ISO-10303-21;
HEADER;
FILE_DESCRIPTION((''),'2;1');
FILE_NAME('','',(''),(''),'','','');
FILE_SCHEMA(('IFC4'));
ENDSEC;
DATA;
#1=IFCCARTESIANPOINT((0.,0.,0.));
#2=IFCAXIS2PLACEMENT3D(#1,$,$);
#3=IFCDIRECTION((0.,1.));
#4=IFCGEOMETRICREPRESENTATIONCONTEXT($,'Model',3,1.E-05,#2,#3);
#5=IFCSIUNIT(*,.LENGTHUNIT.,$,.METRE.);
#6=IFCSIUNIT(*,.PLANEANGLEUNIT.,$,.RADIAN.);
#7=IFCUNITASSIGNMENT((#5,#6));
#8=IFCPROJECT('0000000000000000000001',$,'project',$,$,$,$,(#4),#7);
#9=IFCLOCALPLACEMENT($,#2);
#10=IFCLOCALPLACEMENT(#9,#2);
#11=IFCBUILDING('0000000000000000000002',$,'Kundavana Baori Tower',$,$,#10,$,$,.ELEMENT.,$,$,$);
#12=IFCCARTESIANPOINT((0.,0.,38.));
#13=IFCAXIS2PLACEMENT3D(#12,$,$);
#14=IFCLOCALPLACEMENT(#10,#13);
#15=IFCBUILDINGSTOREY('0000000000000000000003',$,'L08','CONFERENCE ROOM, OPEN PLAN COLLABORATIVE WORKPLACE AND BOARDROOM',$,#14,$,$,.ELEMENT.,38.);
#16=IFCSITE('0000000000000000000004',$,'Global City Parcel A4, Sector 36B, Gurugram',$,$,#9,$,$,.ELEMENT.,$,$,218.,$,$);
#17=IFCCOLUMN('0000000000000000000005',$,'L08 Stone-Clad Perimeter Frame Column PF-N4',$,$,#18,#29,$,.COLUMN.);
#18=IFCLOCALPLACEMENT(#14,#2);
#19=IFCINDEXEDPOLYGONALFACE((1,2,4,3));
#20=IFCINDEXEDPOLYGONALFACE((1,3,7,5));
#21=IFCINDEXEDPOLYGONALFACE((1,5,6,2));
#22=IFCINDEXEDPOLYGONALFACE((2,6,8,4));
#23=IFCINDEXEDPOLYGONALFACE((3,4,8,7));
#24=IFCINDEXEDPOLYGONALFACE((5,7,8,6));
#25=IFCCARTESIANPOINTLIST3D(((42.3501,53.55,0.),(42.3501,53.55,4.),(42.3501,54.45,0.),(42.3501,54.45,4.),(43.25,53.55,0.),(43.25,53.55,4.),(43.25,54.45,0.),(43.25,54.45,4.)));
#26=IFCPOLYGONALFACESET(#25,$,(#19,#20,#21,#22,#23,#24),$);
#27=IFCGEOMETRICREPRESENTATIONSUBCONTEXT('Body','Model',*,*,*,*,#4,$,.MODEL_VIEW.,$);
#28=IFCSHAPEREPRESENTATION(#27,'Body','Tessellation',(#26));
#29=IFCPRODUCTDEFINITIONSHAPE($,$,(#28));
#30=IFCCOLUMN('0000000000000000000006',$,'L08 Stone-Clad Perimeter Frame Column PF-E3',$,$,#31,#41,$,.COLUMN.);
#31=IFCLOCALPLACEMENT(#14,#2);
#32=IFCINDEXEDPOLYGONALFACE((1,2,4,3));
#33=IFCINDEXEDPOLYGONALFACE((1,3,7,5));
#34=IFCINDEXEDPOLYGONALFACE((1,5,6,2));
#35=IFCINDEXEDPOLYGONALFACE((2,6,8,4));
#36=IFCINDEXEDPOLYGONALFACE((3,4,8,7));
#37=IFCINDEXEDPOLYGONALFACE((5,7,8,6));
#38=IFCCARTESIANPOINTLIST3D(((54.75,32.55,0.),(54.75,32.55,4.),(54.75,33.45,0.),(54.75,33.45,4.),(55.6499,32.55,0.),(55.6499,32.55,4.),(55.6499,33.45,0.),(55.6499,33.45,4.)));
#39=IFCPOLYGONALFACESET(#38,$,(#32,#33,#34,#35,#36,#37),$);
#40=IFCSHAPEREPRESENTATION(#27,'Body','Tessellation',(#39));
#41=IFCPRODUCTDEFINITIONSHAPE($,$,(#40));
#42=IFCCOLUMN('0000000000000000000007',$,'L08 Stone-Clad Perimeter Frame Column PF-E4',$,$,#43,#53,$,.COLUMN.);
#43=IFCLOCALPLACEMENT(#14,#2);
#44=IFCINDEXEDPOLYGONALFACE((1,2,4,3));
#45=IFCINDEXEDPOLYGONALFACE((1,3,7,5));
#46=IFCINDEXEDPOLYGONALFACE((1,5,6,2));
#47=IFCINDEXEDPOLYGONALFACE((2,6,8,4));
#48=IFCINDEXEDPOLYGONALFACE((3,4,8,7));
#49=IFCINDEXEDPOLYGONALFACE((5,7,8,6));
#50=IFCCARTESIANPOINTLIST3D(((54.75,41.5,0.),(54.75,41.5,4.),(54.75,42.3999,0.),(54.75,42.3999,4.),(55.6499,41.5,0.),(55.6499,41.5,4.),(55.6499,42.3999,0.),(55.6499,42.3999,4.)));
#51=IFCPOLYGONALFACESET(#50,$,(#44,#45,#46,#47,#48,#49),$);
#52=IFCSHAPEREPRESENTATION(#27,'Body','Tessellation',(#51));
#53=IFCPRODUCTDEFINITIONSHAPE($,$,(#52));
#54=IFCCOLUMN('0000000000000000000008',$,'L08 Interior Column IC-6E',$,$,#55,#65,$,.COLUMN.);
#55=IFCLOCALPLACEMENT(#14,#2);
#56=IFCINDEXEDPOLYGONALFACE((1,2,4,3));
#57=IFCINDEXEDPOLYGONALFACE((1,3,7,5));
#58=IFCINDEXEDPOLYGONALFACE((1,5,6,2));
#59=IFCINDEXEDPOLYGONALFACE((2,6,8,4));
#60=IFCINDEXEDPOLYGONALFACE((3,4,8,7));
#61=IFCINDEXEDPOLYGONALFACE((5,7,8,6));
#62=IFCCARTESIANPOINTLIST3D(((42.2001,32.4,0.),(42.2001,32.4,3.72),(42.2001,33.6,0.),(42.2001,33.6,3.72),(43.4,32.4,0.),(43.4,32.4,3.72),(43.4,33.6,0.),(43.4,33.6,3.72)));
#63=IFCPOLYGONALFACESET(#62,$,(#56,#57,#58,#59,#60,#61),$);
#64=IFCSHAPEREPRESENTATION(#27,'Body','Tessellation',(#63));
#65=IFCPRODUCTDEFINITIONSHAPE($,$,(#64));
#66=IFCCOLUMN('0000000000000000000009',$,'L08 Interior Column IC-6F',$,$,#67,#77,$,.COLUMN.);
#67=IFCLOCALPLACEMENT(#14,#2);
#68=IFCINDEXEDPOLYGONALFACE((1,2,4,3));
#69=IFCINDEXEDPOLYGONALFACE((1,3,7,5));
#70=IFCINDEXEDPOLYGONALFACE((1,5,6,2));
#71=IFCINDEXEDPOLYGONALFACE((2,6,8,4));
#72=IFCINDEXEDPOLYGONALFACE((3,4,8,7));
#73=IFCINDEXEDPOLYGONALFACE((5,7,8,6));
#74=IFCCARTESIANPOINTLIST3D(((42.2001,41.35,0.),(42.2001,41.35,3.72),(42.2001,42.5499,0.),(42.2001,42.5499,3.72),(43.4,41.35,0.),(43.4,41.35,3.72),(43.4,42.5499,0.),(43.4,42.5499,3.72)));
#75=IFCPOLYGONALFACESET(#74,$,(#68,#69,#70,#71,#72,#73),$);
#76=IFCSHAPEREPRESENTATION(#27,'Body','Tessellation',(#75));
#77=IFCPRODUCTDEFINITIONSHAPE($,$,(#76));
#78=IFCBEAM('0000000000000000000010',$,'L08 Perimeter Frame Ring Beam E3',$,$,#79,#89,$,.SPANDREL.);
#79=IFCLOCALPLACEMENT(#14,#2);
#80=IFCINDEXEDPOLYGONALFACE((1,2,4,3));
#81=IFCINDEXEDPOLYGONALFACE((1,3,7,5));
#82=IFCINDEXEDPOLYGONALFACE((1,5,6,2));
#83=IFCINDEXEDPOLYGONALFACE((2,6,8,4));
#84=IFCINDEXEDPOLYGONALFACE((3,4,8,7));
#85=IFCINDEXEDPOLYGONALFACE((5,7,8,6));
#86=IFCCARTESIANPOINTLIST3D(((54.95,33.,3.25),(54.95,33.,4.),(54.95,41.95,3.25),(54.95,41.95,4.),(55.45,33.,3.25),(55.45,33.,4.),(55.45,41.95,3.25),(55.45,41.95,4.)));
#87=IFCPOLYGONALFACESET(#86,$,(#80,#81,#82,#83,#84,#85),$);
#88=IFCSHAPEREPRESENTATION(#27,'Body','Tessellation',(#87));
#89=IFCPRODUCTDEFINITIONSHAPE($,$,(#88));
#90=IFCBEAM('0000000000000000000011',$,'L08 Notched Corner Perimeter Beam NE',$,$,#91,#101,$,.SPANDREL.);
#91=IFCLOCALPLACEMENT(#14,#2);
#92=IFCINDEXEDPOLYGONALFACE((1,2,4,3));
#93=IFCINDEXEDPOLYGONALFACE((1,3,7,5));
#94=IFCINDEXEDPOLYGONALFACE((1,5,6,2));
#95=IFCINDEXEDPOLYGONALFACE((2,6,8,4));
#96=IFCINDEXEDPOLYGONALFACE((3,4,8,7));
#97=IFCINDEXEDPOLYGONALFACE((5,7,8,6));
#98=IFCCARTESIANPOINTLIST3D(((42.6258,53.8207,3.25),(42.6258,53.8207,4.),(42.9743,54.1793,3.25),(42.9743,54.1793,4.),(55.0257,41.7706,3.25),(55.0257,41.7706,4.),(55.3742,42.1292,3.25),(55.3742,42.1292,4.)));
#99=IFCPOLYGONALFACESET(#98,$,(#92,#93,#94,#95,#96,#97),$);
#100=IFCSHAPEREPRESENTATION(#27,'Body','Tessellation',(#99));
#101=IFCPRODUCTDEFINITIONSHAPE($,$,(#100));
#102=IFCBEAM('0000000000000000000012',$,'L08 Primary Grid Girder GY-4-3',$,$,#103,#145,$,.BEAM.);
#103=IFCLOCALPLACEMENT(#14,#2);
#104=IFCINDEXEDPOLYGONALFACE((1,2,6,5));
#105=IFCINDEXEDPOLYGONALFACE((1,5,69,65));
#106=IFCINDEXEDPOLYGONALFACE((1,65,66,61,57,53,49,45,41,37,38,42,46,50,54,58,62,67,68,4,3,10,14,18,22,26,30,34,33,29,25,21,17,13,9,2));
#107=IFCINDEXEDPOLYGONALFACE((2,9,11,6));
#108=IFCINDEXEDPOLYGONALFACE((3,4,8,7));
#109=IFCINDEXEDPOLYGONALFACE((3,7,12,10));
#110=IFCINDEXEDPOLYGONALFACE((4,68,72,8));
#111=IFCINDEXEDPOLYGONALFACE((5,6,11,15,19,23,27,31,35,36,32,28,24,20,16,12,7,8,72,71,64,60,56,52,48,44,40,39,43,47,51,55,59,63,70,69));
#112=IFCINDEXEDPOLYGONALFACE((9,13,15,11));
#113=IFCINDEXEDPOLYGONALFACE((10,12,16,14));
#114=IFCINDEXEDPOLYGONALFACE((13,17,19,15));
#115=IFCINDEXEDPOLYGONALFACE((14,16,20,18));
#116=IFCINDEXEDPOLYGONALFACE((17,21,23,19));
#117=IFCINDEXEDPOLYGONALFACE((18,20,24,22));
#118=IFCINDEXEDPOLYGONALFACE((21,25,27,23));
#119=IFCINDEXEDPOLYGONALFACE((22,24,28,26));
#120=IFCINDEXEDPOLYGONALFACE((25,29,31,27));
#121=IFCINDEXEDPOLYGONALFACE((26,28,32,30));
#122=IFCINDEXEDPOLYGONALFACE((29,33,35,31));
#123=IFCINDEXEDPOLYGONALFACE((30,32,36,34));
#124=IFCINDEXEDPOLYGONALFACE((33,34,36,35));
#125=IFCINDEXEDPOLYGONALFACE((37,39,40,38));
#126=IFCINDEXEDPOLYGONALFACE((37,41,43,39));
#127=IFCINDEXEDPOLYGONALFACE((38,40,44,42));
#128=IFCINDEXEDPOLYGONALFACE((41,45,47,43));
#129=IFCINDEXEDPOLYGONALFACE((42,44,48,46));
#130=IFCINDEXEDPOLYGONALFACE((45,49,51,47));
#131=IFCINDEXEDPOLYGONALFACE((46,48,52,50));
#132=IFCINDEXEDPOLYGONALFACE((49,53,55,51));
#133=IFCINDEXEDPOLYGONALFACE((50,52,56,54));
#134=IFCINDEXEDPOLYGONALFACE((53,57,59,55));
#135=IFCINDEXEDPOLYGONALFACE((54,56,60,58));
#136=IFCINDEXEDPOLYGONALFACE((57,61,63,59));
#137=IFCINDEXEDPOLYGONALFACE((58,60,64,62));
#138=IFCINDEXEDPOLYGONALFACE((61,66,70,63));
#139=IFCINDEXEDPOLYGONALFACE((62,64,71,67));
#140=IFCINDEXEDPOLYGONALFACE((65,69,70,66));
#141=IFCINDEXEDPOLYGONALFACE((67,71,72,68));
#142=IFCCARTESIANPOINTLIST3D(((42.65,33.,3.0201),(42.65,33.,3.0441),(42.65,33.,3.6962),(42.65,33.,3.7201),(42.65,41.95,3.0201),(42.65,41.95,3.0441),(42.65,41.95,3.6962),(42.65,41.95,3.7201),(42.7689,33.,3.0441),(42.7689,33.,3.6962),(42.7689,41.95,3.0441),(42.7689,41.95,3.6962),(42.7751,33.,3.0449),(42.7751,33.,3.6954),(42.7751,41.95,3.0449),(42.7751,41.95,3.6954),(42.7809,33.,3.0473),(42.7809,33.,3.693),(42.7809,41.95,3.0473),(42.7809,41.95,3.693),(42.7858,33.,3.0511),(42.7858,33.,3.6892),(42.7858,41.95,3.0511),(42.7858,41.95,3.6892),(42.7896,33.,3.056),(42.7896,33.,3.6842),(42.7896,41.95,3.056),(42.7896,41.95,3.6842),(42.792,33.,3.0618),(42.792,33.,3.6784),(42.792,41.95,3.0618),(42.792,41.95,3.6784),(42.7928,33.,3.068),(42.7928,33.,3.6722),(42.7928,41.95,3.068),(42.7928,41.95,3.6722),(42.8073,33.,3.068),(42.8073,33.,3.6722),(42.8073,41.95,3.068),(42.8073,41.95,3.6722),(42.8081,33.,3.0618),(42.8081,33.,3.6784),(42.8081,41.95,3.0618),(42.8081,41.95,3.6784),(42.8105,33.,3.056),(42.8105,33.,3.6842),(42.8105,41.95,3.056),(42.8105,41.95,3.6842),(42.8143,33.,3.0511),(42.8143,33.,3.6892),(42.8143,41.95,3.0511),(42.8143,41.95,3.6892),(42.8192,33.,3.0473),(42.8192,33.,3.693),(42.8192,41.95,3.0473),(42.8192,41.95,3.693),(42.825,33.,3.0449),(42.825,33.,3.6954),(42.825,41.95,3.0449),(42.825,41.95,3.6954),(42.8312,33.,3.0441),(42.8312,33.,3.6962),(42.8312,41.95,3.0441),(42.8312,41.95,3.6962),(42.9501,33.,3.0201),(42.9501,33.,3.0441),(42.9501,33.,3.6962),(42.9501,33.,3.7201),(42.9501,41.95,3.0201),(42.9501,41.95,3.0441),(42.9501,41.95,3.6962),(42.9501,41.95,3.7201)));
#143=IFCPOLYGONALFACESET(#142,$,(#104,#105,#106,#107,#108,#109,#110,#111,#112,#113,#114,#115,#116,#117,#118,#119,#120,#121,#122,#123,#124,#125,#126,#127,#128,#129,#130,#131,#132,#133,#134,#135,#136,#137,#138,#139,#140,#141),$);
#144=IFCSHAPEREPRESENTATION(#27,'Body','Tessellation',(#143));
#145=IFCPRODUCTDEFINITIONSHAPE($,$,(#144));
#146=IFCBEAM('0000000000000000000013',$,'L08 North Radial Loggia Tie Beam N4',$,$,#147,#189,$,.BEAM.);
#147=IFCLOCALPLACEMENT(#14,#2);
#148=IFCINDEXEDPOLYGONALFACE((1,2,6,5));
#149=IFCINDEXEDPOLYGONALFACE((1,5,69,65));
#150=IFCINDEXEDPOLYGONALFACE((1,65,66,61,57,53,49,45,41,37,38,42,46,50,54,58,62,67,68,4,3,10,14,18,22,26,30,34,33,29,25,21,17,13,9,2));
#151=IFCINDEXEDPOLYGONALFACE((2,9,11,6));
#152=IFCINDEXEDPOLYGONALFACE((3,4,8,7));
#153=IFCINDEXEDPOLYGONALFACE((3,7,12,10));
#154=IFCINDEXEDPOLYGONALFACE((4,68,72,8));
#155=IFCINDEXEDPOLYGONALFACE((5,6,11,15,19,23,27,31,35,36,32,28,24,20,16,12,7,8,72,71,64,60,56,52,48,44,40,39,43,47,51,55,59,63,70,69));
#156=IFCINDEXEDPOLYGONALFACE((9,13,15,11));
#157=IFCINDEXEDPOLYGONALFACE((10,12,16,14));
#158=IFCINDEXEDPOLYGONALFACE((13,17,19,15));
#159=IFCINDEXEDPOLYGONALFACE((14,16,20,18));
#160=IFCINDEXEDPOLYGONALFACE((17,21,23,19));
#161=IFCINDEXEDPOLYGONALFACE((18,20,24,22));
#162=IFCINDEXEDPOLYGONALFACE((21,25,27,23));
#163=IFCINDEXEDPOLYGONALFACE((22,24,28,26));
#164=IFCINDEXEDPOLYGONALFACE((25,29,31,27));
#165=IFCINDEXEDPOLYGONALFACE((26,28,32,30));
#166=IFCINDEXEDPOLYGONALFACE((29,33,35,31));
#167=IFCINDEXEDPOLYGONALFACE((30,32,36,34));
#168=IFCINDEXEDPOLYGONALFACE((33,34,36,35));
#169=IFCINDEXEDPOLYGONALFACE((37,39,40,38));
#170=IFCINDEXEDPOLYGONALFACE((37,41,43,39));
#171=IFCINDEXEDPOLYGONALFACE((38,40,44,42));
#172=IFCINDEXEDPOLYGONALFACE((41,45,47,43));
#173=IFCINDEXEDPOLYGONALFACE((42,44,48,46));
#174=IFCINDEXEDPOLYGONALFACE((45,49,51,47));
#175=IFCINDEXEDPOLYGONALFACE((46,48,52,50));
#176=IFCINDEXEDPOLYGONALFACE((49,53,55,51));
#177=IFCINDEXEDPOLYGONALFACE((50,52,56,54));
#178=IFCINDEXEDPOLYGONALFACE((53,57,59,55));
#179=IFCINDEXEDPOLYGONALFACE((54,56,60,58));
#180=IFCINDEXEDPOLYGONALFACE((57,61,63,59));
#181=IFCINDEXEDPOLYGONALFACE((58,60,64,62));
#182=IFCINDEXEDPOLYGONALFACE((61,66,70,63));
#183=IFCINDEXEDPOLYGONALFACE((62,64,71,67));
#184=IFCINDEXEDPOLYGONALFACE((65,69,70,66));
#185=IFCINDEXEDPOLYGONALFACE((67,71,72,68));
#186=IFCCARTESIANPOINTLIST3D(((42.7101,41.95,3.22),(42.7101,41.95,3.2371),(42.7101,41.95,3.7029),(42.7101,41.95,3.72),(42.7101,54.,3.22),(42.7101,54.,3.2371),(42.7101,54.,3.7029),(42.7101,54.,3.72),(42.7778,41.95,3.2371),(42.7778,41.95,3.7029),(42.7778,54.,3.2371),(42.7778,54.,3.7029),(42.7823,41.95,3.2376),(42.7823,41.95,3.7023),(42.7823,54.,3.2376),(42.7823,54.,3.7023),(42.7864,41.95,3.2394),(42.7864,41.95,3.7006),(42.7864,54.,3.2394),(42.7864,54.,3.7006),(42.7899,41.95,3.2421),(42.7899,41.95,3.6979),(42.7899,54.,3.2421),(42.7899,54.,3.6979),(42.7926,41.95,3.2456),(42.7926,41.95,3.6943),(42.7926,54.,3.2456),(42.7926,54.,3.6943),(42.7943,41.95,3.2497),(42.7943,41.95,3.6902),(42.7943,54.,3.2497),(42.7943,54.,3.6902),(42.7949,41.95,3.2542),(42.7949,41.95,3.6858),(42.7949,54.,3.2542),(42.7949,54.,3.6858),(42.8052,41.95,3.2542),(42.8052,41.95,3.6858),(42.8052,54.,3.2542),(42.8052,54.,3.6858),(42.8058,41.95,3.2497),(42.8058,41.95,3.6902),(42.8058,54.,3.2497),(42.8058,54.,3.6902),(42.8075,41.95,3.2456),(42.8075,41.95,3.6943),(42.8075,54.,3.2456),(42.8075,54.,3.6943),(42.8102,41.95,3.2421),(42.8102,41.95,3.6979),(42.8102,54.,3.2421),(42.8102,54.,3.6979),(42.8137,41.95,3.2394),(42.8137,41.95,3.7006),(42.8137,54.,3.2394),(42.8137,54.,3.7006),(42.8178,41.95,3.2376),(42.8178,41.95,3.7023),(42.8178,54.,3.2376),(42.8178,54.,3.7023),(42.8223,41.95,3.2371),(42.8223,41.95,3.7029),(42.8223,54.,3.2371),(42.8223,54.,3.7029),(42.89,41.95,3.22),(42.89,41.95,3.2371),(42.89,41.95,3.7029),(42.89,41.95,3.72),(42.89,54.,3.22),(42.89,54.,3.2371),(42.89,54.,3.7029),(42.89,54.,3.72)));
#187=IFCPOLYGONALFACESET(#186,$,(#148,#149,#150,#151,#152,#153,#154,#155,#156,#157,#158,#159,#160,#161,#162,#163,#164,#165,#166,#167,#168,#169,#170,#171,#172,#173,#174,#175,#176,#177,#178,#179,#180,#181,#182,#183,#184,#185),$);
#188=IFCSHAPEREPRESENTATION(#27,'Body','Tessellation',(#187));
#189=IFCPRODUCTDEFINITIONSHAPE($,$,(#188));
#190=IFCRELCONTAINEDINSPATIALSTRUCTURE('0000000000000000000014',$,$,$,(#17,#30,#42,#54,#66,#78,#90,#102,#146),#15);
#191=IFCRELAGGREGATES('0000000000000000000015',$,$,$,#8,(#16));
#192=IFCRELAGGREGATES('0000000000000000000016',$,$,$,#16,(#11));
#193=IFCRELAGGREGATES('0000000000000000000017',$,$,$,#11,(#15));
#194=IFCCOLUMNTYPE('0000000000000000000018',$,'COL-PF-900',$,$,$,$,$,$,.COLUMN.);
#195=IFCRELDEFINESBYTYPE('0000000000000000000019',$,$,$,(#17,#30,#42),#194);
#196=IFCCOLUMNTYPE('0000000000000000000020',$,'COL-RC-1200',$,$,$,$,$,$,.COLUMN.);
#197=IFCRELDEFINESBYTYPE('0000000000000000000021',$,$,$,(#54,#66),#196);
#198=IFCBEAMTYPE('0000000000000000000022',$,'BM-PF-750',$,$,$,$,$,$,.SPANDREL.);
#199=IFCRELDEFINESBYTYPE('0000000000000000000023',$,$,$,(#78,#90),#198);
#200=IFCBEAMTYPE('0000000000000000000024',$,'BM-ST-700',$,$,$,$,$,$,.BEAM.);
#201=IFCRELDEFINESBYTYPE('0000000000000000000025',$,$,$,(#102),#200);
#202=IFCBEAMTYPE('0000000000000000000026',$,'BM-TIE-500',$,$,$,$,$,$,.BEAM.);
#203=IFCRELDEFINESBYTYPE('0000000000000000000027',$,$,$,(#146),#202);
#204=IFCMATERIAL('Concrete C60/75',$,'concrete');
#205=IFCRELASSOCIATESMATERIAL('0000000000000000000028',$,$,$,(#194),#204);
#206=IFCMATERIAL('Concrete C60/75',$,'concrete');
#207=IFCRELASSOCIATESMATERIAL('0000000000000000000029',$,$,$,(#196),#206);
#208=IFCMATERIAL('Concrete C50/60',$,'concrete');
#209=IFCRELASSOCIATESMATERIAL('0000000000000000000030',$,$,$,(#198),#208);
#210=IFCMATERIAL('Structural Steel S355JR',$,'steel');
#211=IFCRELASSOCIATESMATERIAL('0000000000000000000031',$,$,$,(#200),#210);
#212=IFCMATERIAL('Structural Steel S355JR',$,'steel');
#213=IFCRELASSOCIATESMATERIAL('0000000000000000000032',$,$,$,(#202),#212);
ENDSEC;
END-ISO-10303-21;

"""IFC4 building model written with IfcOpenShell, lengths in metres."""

from ifc_helpers import new_model, si_unit, direction, frame, origin, origin_2d, place, context, subcontext, project, spatial, rectangle, i_section, extrude, material, material_profile, profile_set, type_object, element, save


model = new_model("IFC4")

# Units and contexts
model_context = context("Model", 3, precision=1e-05, world=origin(), true_north=direction((0.0, 1.0)))
body_context = subcontext(model_context, "Body", "Model", "MODEL_VIEW")
ifc_project = project(units=[si_unit("LENGTHUNIT", "METRE"), si_unit("PLANEANGLEUNIT", "RADIAN")], contexts=[model_context])

# Site, building, storey
site_placement = place(None, origin())
site = spatial("IfcSite", under=ifc_project, at=site_placement, Name="Global City Parcel A4, Sector 36B, Gurugram", CompositionType="ELEMENT", RefElevation=218.0)
building_placement = place(site_placement, origin())
building = spatial("IfcBuilding", under=site, at=building_placement, Name="Kundavana Baori Tower", CompositionType="ELEMENT")
storey_placement = place(building_placement, frame((0.0, 0.0, 38.0)))
storey = spatial("IfcBuildingStorey", under=building, at=storey_placement, Name="L08", Description="CONFERENCE ROOM, OPEN PLAN COLLABORATIVE WORKPLACE AND BOARDROOM", CompositionType="ELEMENT", Elevation=38.0)

# Columns
ifc_material_1 = material(Name="Concrete C60/75", Category="concrete")
ifc_material_profile_1 = material_profile(ifc_material_1, rectangle(XDim=0.8999, YDim=0.8999, at=origin_2d()), Name="RC PF 900x900")
ifc_profile_set_1 = profile_set([ifc_material_profile_1], Name="Concrete C60/75")
column_type_1 = type_object("IfcColumnType", Name="COL-PF-900", PredefinedType="COLUMN", material=ifc_profile_set_1)
for number, where, z_axis, x_axis, name in (
    (1, (42.8, 54.0, 0.0), (0.0, 0.0, 1.0), (1.0, 0.0, 0.0), "L08 Stone-Clad Perimeter Frame Column PF-N4"),
    (2, (55.2, 33.0, 0.0), (0.0, 0.0, 1.0), (1.0, 0.0, 0.0), "L08 Stone-Clad Perimeter Frame Column PF-E3"),
    (3, (55.2, 41.95, 0.0), (0.0, 0.0, 1.0), (1.0, 0.0, 0.0), "L08 Stone-Clad Perimeter Frame Column PF-E4"),
):
    element("IfcColumn", number, at=place(storey_placement, frame(where, z_axis=z_axis, x_axis=x_axis)), inside=storey, type_object=column_type_1, Name=name, PredefinedType="COLUMN", context=body_context, shape_type="SweptSolid", body=[
        extrude(rectangle(XDim=0.8999, YDim=0.8999, at=origin_2d()), origin(), (0.0, 0.0, 1.0), 4.0),
    ])
ifc_material_2 = material(Name="Concrete C60/75", Category="concrete")
ifc_material_profile_2 = material_profile(ifc_material_2, rectangle(XDim=1.2, YDim=1.2, at=origin_2d()), Name="RC 1200x1200")
ifc_profile_set_2 = profile_set([ifc_material_profile_2], Name="Concrete C60/75")
column_type_2 = type_object("IfcColumnType", Name="COL-RC-1200", PredefinedType="COLUMN", material=ifc_profile_set_2)
for number, where, z_axis, x_axis, name in (
    (4, (42.8, 33.0, 0.0), (0.0, 0.0, 1.0), (1.0, 0.0, 0.0), "L08 Interior Column IC-6E"),
    (5, (42.8, 41.95, 0.0), (0.0, 0.0, 1.0), (1.0, 0.0, 0.0), "L08 Interior Column IC-6F"),
):
    element("IfcColumn", number, at=place(storey_placement, frame(where, z_axis=z_axis, x_axis=x_axis)), inside=storey, type_object=column_type_2, Name=name, PredefinedType="COLUMN", context=body_context, shape_type="SweptSolid", body=[
        extrude(rectangle(XDim=1.2, YDim=1.2, at=origin_2d()), origin(), (0.0, 0.0, 1.0), 3.72),
    ])

# Beams
ifc_material_3 = material(Name="Concrete C50/60", Category="concrete")
ifc_material_profile_3 = material_profile(ifc_material_3, rectangle(XDim=0.5, YDim=0.75, at=origin_2d()), Name="RC BM 500x750")
ifc_profile_set_3 = profile_set([ifc_material_profile_3], Name="Concrete C50/60")
beam_type_1 = type_object("IfcBeamType", Name="BM-PF-750", PredefinedType="SPANDREL", material=ifc_profile_set_3)
beam_1_placement = place(storey_placement, frame((55.2, 33.0, 3.625), z_axis=(0.0, 1.0, 0.0), x_axis=(-1.0, 0.0, 0.0)))
element("IfcBeam", 6, at=beam_1_placement, inside=storey, type_object=beam_type_1, Name="L08 Perimeter Frame Ring Beam E3", PredefinedType="SPANDREL", context=body_context, shape_type="SweptSolid", body=[
    extrude(rectangle(XDim=0.5, YDim=0.75, at=origin_2d()), origin(), (0.0, 0.0, 1.0), 8.95),
])
beam_2_placement = place(storey_placement, frame((42.8, 54.0, 3.625), z_axis=(0.717151, -0.696917, 0.0), x_axis=(0.696917, 0.717151, 0.0)))
element("IfcBeam", 7, at=beam_2_placement, inside=storey, type_object=beam_type_1, Name="L08 Notched Corner Perimeter Beam NE", PredefinedType="SPANDREL", context=body_context, shape_type="SweptSolid", body=[
    extrude(rectangle(XDim=0.5, YDim=0.75, at=origin_2d()), origin(), (0.0, 0.0, 1.0), 17.2905),
])
ifc_material_4 = material(Name="Structural Steel S355JR", Category="steel")
ifc_material_profile_4 = material_profile(ifc_material_4, i_section(OverallWidth=0.3, OverallDepth=0.7, WebThickness=0.0144, FlangeThickness=0.0239, FilletRadius=0.0239, at=origin_2d()), Name="NPB 700x300x170")
ifc_profile_set_4 = profile_set([ifc_material_profile_4], Name="Structural Steel S355JR")
beam_type_2 = type_object("IfcBeamType", Name="BM-ST-700", PredefinedType="BEAM", material=ifc_profile_set_4)
beam_3_placement = place(storey_placement, frame((42.8, 33.0, 3.3701), z_axis=(0.0, 1.0, 0.0), x_axis=(-1.0, 0.0, 0.0)))
element("IfcBeam", 8, at=beam_3_placement, inside=storey, type_object=beam_type_2, Name="L08 Primary Grid Girder GY-4-3", PredefinedType="BEAM", context=body_context, shape_type="SweptSolid", body=[
    extrude(i_section(OverallWidth=0.3, OverallDepth=0.7, WebThickness=0.0144, FlangeThickness=0.0239, FilletRadius=0.0239, at=origin_2d()), origin(), (0.0, 0.0, 1.0), 8.95),
])
ifc_material_5 = material(Name="Structural Steel S355JR", Category="steel")
ifc_material_profile_5 = material_profile(ifc_material_5, i_section(OverallWidth=0.1799, OverallDepth=0.5, WebThickness=0.0103, FlangeThickness=0.0171, FilletRadius=0.0171, at=origin_2d()), Name="ISMB 500")
ifc_profile_set_5 = profile_set([ifc_material_profile_5], Name="Structural Steel S355JR")
beam_type_3 = type_object("IfcBeamType", Name="BM-TIE-500", PredefinedType="BEAM", material=ifc_profile_set_5)
beam_4_placement = place(storey_placement, frame((42.8, 41.95, 3.47), z_axis=(0.0, 1.0, 0.0), x_axis=(-1.0, 0.0, 0.0)))
element("IfcBeam", 9, at=beam_4_placement, inside=storey, type_object=beam_type_3, Name="L08 North Radial Loggia Tie Beam N4", PredefinedType="BEAM", context=body_context, shape_type="SweptSolid", body=[
    extrude(i_section(OverallWidth=0.1799, OverallDepth=0.5, WebThickness=0.0103, FlangeThickness=0.0171, FilletRadius=0.0171, at=origin_2d()), origin(), (0.0, 0.0, 1.0), 12.05),
])

save(model, "model.ifc")
